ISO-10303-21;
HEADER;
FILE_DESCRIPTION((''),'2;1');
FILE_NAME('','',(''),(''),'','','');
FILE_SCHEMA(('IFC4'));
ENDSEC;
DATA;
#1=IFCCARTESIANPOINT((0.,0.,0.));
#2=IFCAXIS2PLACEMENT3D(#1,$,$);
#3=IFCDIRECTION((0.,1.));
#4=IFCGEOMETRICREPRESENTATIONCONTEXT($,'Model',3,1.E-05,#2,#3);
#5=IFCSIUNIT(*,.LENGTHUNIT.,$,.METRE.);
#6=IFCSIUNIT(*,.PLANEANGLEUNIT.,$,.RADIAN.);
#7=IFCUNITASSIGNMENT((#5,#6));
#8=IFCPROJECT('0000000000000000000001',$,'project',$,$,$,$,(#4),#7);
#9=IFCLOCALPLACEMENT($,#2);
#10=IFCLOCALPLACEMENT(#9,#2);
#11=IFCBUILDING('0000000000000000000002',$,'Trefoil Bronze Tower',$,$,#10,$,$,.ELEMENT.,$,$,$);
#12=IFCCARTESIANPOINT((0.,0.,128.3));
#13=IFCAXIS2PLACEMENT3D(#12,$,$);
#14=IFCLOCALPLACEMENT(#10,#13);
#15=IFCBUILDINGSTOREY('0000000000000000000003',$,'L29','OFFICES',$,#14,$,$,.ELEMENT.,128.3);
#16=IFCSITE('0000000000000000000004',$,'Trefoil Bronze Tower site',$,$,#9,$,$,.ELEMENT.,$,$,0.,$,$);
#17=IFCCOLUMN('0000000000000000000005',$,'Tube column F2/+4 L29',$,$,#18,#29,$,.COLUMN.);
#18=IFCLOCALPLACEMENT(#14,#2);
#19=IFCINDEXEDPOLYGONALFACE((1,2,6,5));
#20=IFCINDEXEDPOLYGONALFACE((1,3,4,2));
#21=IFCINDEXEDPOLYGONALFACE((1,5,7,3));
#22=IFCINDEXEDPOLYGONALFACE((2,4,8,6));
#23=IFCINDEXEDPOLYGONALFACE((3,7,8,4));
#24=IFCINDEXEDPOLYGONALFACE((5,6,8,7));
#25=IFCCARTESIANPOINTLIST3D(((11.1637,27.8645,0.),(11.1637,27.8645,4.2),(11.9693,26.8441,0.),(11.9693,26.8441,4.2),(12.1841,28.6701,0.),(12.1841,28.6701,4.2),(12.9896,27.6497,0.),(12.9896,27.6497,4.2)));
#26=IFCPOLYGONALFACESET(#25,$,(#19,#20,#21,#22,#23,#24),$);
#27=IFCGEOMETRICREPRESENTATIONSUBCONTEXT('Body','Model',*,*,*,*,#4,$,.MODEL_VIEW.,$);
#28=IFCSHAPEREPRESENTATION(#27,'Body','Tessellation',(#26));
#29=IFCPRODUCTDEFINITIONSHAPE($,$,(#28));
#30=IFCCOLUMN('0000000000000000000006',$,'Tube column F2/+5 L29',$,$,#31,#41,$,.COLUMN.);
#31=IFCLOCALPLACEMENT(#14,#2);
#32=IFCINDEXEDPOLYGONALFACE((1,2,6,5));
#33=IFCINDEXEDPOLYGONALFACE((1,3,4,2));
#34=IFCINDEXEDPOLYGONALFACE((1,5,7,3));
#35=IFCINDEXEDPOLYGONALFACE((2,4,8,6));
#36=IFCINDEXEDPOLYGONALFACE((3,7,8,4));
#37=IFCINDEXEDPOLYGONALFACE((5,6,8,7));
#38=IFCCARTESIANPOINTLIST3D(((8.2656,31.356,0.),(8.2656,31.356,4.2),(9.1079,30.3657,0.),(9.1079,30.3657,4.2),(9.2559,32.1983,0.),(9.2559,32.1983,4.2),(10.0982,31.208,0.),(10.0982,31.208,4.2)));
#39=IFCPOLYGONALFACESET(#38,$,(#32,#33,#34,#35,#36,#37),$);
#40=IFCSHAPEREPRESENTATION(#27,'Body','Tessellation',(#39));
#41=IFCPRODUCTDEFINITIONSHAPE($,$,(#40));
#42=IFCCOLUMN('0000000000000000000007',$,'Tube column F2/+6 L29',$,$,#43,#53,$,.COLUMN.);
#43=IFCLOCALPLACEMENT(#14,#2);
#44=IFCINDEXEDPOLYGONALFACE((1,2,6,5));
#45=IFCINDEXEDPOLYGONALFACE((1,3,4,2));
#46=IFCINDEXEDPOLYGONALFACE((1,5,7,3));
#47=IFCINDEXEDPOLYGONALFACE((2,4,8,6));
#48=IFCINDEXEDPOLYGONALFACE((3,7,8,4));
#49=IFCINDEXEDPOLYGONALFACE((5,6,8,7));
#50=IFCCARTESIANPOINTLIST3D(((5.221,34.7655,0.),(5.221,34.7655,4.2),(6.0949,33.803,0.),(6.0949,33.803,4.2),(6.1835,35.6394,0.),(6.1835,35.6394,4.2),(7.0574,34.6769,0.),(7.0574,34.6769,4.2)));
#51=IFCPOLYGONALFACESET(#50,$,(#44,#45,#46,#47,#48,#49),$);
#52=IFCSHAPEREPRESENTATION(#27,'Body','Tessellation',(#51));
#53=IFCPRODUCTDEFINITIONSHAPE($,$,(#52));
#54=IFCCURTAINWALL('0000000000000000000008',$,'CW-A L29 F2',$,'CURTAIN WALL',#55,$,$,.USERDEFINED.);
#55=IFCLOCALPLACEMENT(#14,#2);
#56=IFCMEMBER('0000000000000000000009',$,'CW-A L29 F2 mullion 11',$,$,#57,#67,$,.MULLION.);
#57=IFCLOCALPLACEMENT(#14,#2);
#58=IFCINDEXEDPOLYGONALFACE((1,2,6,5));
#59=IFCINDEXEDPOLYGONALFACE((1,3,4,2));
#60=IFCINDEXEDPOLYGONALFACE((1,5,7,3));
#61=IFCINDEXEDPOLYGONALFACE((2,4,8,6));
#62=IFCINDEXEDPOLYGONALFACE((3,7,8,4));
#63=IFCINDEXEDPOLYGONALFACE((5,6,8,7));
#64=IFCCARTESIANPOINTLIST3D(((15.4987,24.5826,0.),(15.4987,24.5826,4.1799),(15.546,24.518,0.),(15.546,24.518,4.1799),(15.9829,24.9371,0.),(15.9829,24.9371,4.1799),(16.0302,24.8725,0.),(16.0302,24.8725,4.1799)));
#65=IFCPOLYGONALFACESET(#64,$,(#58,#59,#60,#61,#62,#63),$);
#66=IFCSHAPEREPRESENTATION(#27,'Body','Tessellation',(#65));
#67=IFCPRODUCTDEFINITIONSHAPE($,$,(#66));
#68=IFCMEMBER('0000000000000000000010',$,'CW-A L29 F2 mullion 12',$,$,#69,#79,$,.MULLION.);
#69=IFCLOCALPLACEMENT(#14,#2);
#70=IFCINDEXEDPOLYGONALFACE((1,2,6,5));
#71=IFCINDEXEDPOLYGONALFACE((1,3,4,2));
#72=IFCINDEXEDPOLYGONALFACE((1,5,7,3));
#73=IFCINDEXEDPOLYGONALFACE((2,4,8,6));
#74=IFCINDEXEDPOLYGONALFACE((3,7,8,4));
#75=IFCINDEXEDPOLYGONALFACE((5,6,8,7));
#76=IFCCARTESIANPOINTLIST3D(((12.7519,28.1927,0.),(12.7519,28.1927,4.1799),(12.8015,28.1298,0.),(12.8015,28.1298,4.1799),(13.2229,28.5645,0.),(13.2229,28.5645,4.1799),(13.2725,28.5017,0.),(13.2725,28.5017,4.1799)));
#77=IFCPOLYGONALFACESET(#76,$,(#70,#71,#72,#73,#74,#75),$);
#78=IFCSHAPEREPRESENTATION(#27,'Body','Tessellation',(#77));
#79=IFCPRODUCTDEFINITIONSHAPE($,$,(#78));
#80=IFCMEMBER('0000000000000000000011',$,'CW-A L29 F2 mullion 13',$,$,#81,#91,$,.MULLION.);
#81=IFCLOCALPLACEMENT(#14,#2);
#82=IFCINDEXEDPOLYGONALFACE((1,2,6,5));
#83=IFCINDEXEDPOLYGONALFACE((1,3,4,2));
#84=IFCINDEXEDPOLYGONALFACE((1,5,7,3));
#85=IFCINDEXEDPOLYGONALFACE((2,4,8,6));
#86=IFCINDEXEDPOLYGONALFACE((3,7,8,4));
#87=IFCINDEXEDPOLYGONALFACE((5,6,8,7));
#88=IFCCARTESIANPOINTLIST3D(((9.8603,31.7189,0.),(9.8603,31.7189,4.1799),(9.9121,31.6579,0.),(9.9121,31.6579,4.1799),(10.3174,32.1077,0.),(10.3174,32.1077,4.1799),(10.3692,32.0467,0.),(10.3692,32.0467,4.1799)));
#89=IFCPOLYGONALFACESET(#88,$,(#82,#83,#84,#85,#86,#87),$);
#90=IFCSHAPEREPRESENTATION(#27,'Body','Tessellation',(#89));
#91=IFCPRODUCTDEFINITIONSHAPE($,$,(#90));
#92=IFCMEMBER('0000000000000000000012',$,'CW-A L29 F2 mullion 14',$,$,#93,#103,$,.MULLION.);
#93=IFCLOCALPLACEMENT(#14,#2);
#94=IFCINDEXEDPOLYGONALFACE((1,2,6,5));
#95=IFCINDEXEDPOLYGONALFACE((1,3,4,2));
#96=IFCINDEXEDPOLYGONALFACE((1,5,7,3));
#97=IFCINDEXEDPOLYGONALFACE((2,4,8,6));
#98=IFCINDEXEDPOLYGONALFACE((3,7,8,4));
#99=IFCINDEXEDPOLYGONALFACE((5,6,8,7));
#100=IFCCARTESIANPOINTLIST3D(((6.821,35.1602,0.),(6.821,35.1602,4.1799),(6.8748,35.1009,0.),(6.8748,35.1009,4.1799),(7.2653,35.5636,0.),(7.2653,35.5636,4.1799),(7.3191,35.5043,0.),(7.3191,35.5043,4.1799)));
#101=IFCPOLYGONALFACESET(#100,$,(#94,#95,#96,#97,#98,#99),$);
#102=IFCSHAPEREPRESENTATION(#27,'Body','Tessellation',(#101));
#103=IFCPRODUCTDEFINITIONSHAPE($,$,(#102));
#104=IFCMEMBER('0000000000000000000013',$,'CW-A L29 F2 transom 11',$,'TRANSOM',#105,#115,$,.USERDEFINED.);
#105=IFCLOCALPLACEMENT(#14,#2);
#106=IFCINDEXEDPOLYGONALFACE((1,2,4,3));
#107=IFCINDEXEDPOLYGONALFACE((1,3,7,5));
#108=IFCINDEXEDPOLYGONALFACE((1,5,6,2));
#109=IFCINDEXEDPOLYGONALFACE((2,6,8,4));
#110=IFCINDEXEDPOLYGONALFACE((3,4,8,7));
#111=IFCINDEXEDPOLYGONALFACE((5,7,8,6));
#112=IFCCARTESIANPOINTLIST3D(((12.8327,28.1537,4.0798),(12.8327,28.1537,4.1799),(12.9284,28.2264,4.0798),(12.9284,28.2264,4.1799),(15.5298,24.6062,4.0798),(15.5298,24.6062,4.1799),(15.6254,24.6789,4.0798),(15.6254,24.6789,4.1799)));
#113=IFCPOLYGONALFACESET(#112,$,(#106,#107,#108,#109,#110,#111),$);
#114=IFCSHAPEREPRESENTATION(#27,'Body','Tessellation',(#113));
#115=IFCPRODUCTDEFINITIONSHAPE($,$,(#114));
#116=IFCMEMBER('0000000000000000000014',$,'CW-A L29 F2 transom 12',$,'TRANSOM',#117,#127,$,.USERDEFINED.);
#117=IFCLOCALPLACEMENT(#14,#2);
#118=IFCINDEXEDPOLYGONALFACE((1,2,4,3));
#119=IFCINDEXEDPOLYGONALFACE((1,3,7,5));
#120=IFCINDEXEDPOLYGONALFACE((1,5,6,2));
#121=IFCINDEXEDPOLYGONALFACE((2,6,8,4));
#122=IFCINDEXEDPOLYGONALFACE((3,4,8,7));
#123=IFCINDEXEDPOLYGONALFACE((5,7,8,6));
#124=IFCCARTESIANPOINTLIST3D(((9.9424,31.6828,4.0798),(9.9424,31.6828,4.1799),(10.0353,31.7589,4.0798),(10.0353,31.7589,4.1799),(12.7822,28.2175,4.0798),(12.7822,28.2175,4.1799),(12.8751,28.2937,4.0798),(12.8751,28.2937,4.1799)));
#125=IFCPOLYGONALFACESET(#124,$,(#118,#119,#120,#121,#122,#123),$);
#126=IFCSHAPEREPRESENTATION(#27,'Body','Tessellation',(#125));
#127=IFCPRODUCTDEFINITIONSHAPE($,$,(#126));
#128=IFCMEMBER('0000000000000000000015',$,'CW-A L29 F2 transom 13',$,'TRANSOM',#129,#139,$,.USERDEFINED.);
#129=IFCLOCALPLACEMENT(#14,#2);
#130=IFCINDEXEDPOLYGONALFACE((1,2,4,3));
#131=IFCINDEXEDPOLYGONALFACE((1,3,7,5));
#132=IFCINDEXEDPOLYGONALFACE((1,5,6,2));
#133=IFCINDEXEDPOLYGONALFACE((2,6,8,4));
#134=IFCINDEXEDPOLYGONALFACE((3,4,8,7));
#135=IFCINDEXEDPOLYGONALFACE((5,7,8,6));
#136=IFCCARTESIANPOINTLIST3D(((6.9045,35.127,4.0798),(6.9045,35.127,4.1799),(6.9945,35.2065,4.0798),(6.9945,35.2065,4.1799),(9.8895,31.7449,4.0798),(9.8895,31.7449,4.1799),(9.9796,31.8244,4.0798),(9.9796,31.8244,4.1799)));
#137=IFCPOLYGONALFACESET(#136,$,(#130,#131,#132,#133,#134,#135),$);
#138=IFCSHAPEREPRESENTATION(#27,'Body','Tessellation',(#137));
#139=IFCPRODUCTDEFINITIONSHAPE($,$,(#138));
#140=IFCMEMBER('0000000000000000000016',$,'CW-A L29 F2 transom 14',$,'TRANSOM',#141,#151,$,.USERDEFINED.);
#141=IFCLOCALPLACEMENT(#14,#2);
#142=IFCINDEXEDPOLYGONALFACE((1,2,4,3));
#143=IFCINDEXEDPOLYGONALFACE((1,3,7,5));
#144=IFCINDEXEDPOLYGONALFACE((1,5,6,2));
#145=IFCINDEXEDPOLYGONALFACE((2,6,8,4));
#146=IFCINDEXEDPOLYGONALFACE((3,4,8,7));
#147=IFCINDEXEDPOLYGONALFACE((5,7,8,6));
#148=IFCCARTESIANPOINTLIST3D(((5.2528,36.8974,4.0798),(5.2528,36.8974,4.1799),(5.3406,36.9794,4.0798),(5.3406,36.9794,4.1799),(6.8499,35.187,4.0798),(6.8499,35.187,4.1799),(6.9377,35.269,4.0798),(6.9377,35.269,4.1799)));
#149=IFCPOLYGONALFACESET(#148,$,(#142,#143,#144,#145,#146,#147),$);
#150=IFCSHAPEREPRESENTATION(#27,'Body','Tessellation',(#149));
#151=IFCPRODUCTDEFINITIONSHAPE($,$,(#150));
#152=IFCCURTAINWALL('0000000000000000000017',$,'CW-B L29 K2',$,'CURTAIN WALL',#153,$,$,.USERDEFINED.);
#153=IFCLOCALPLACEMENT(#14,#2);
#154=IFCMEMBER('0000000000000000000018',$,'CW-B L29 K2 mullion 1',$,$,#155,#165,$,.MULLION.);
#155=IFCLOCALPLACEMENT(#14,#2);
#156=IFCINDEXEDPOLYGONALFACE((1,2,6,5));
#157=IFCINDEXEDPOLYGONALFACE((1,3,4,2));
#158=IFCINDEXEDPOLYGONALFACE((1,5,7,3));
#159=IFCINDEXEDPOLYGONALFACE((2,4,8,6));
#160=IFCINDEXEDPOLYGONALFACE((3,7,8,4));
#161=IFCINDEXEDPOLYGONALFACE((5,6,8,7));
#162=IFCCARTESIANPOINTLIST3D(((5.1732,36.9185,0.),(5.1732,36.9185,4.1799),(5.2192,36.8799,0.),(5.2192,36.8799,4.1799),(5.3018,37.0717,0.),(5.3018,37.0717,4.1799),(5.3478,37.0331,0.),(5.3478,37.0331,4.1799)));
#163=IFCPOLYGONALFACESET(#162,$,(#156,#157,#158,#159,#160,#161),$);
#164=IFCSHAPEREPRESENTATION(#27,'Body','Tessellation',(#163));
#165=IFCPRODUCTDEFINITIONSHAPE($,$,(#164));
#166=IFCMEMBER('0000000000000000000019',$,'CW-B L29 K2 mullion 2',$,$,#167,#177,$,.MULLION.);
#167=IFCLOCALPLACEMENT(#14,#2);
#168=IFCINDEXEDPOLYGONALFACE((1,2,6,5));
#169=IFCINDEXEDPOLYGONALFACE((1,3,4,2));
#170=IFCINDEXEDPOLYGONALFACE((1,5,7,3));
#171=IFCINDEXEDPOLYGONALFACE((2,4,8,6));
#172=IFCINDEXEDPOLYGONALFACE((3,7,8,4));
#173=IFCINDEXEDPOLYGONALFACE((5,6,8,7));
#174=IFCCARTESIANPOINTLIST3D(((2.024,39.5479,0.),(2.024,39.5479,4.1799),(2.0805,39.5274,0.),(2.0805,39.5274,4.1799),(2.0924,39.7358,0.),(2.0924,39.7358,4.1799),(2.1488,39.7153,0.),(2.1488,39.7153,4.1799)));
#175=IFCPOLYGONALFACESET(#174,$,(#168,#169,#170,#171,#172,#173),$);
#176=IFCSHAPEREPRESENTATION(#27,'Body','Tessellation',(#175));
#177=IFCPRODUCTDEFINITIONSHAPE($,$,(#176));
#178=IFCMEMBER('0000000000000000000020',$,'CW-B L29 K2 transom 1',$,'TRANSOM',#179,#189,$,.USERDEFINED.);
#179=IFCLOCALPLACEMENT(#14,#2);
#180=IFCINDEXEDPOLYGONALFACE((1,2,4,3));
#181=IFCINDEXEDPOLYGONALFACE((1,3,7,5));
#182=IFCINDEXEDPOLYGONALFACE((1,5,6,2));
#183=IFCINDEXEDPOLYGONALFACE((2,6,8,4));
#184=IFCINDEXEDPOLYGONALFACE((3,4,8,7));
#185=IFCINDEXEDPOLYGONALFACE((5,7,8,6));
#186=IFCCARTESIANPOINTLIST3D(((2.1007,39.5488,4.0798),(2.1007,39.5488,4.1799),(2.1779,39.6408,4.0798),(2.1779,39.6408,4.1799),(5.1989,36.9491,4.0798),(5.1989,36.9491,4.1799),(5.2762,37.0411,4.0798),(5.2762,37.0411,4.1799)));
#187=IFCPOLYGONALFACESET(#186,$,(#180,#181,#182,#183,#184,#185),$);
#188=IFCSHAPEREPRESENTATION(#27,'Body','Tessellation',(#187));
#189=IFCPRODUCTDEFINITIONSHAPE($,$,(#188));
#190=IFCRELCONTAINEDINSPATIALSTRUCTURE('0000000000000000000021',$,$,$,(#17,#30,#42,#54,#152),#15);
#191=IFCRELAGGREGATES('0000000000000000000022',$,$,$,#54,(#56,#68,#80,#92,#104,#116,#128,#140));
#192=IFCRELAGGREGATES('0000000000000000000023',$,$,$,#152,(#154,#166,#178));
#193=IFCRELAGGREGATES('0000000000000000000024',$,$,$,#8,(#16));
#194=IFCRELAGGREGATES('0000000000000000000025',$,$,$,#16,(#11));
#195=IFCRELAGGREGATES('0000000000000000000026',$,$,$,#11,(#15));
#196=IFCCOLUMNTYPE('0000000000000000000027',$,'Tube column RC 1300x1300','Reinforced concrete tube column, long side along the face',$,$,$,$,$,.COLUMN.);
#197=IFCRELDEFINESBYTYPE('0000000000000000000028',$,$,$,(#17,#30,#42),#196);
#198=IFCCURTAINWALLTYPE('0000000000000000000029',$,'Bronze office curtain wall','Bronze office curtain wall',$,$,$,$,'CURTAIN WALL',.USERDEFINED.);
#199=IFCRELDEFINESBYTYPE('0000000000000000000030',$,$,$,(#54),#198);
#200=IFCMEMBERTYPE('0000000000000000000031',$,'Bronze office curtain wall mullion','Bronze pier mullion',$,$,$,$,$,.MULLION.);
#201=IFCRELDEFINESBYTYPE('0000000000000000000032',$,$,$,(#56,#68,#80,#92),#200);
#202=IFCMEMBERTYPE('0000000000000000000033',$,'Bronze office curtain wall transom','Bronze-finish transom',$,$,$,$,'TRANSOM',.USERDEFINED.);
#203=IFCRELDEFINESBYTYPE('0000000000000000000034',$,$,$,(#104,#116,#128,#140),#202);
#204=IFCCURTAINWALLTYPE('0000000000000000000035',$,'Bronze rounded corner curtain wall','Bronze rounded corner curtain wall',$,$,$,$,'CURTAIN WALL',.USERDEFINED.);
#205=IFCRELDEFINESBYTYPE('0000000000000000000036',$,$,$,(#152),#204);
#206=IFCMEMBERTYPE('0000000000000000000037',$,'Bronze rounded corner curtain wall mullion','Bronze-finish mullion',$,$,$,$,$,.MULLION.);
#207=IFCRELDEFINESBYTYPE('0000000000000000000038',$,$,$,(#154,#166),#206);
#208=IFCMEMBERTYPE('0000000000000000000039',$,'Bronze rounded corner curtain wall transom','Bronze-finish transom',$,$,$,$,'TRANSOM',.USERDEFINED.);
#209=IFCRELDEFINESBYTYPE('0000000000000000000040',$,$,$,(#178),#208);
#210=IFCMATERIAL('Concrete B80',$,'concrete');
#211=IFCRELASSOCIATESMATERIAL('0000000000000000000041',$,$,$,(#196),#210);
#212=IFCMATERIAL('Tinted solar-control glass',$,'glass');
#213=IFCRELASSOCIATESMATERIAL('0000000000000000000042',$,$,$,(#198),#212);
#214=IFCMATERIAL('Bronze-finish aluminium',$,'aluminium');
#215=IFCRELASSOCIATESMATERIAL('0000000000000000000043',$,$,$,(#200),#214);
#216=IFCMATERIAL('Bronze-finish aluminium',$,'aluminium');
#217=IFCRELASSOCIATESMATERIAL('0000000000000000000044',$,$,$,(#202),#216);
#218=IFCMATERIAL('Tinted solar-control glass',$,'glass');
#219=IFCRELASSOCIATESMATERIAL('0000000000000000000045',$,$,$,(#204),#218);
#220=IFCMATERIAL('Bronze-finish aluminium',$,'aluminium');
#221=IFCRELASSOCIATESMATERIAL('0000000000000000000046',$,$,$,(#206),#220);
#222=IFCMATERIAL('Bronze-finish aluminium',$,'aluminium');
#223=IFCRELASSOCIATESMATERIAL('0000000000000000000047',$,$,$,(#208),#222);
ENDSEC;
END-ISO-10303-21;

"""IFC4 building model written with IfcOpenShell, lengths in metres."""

from ifc_helpers import new_model, si_unit, direction, frame, origin, origin_2d, place, context, subcontext, project, spatial, rectangle, extrude, material, material_profile, profile_set, type_object, element, aggregate, save


model = new_model("IFC4")

# Units and contexts
model_context = context("Model", 3, precision=1e-05, world=origin(), true_north=direction((0.0, 1.0)))
body_context = subcontext(model_context, "Body", "Model", "MODEL_VIEW")
ifc_project = project(units=[si_unit("LENGTHUNIT", "METRE"), si_unit("PLANEANGLEUNIT", "RADIAN")], contexts=[model_context])

# Site, building, storey
site_placement = place(None, origin())
site = spatial("IfcSite", under=ifc_project, at=site_placement, Name="Trefoil Bronze Tower site", CompositionType="ELEMENT", RefElevation=0.0)
building_placement = place(site_placement, origin())
building = spatial("IfcBuilding", under=site, at=building_placement, Name="Trefoil Bronze Tower", CompositionType="ELEMENT")
storey_placement = place(building_placement, frame((0.0, 0.0, 128.3)))
storey = spatial("IfcBuildingStorey", under=building, at=storey_placement, Name="L29", Description="OFFICES", CompositionType="ELEMENT", Elevation=128.3)

# Columns
ifc_material_1 = material(Name="Concrete B80", Category="concrete")
ifc_material_profile_1 = material_profile(ifc_material_1, rectangle(XDim=1.3, YDim=1.3, at=origin_2d()), Name="RC 1300x1300")
ifc_profile_set_1 = profile_set([ifc_material_profile_1], Name="Concrete B80")
column_type = type_object("IfcColumnType", Name="Tube column RC 1300x1300", Description="Reinforced concrete tube column, long side along the face", PredefinedType="COLUMN", material=ifc_profile_set_1)
for number, where, z_axis, x_axis, name in (
    (1, (12.0767, 27.7571, 0.0), (0.0, 0.0, 1.0), (-0.619649, 0.784879, 0.0), "Tube column F2/+4 L29"),
    (2, (9.1819, 31.282, 0.0), (0.0, 0.0, 1.0), (-0.647904, 0.761722, 0.0), "Tube column F2/+5 L29"),
    (3, (6.1392, 34.7212, 0.0), (0.0, 0.0, 1.0), (-0.67221, 0.740361, 0.0), "Tube column F2/+6 L29"),
):
    element("IfcColumn", number, at=place(storey_placement, frame(where, z_axis=z_axis, x_axis=x_axis)), inside=storey, type_object=column_type, Name=name, PredefinedType="COLUMN", context=body_context, shape_type="SweptSolid", body=[
        extrude(rectangle(XDim=1.3, YDim=1.3, at=origin_2d()), origin(), (0.0, 0.0, 1.0), 4.2),
    ])

# Curtain walls, members
ifc_material_2 = material(Name="Tinted solar-control glass", Category="glass")
curtain_wall_type_1 = type_object("IfcCurtainWallType", Name="Bronze office curtain wall", Description="Bronze office curtain wall", ElementType="CURTAIN WALL", PredefinedType="USERDEFINED", material=ifc_material_2)
curtain_wall_1_placement = place(storey_placement, origin())
curtain_wall_1 = element("IfcCurtainWall", 4, at=curtain_wall_1_placement, inside=storey, type_object=curtain_wall_type_1, Name="CW-A L29 F2", ObjectType="CURTAIN WALL", PredefinedType="USERDEFINED")
ifc_material_3 = material(Name="Bronze-finish aluminium", Category="aluminium")
ifc_material_profile_2 = material_profile(ifc_material_3, rectangle(XDim=0.6001, YDim=0.0801, at=origin_2d()), Name="CW-A mullion")
ifc_profile_set_2 = profile_set([ifc_material_profile_2], Name="Bronze-finish aluminium")
member_type_1 = type_object("IfcMemberType", Name="Bronze office curtain wall mullion", Description="Bronze pier mullion", PredefinedType="MULLION", material=ifc_profile_set_2)
member_1_placement = place(storey_placement, frame((15.7644, 24.7275, 0.0), z_axis=(0.0, 0.0, 1.0), x_axis=(-0.806875, -0.590723, 0.0)))
member_1 = element("IfcMember", 5, at=member_1_placement, type_object=member_type_1, Name="CW-A L29 F2 mullion 11", PredefinedType="MULLION", context=body_context, shape_type="SweptSolid", body=[
    extrude(rectangle(XDim=0.6001, YDim=0.0801, at=origin_2d()), origin(), (0.0, 0.0, 1.0), 4.1799),
])
member_2_placement = place(storey_placement, frame((13.0122, 28.3472, 0.0), z_axis=(0.0, 0.0, 1.0), x_axis=(-0.784879, -0.619649, 0.0)))
member_2 = element("IfcMember", 6, at=member_2_placement, type_object=member_type_1, Name="CW-A L29 F2 mullion 12", PredefinedType="MULLION", context=body_context, shape_type="SweptSolid", body=[
    extrude(rectangle(XDim=0.6001, YDim=0.0801, at=origin_2d()), origin(), (0.0, 0.0, 1.0), 4.1799),
])
member_3_placement = place(storey_placement, frame((10.1147, 31.8828, 0.0), z_axis=(0.0, 0.0, 1.0), x_axis=(-0.761722, -0.647904, 0.0)))
member_3 = element("IfcMember", 7, at=member_3_placement, type_object=member_type_1, Name="CW-A L29 F2 mullion 13", PredefinedType="MULLION", context=body_context, shape_type="SweptSolid", body=[
    extrude(rectangle(XDim=0.6001, YDim=0.0801, at=origin_2d()), origin(), (0.0, 0.0, 1.0), 4.1799),
])
member_4_placement = place(storey_placement, frame((7.0701, 35.3323, 0.0), z_axis=(0.0, 0.0, 1.0), x_axis=(-0.740361, -0.67221, 0.0)))
member_4 = element("IfcMember", 8, at=member_4_placement, type_object=member_type_1, Name="CW-A L29 F2 mullion 14", PredefinedType="MULLION", context=body_context, shape_type="SweptSolid", body=[
    extrude(rectangle(XDim=0.6001, YDim=0.0801, at=origin_2d()), origin(), (0.0, 0.0, 1.0), 4.1799),
])
ifc_material_4 = material(Name="Bronze-finish aluminium", Category="aluminium")
ifc_material_profile_3 = material_profile(ifc_material_4, rectangle(XDim=0.1201, YDim=0.1001, at=origin_2d()), Name="CW-A transom")
ifc_profile_set_3 = profile_set([ifc_material_profile_3], Name="Bronze-finish aluminium")
member_type_2 = type_object("IfcMemberType", Name="Bronze office curtain wall transom", Description="Bronze-finish transom", ElementType="TRANSOM", PredefinedType="USERDEFINED", material=ifc_profile_set_3)
member_5_placement = place(storey_placement, frame((15.5776, 24.6426, 4.1299), z_axis=(-0.605229, 0.796051, 0.0), x_axis=(-0.796051, -0.605229, 0.0)))
member_5 = element("IfcMember", 9, at=member_5_placement, type_object=member_type_2, Name="CW-A L29 F2 transom 11", ObjectType="TRANSOM", PredefinedType="USERDEFINED", context=body_context, shape_type="SweptSolid", body=[
    extrude(rectangle(XDim=0.1201, YDim=0.1001, at=origin_2d()), origin(), (0.0, 0.0, 1.0), 4.4563),
])
member_6_placement = place(storey_placement, frame((12.8286, 28.2556, 4.1299), z_axis=(-0.633849, 0.773457, 0.0), x_axis=(-0.773457, -0.633849, 0.0)))
member_6 = element("IfcMember", 10, at=member_6_placement, type_object=member_type_2, Name="CW-A L29 F2 transom 12", ObjectType="TRANSOM", PredefinedType="USERDEFINED", context=body_context, shape_type="SweptSolid", body=[
    extrude(rectangle(XDim=0.1201, YDim=0.1001, at=origin_2d()), origin(), (0.0, 0.0, 1.0), 4.4802),
])
member_7_placement = place(storey_placement, frame((9.9346, 31.7847, 4.1299), z_axis=(-0.661736, 0.749737, 0.0), x_axis=(-0.749737, -0.661736, 0.0)))
member_7 = element("IfcMember", 11, at=member_7_placement, type_object=member_type_2, Name="CW-A L29 F2 transom 13", ObjectType="TRANSOM", PredefinedType="USERDEFINED", context=body_context, shape_type="SweptSolid", body=[
    extrude(rectangle(XDim=0.1201, YDim=0.1001, at=origin_2d()), origin(), (0.0, 0.0, 1.0), 4.511),
])
member_8_placement = place(storey_placement, frame((6.8938, 35.228, 4.1299), z_axis=(-0.682489, 0.730896, 0.0), x_axis=(-0.730896, -0.682489, 0.0)))
member_8 = element("IfcMember", 12, at=member_8_placement, type_object=member_type_2, Name="CW-A L29 F2 transom 14", ObjectType="TRANSOM", PredefinedType="USERDEFINED", context=body_context, shape_type="SweptSolid", body=[
    extrude(rectangle(XDim=0.1201, YDim=0.1001, at=origin_2d()), origin(), (0.0, 0.0, 1.0), 2.3401),
])
ifc_material_5 = material(Name="Tinted solar-control glass", Category="glass")
curtain_wall_type_2 = type_object("IfcCurtainWallType", Name="Bronze rounded corner curtain wall", Description="Bronze rounded corner curtain wall", ElementType="CURTAIN WALL", PredefinedType="USERDEFINED", material=ifc_material_5)
curtain_wall_2_placement = place(storey_placement, origin())
curtain_wall_2 = element("IfcCurtainWall", 13, at=curtain_wall_2_placement, inside=storey, type_object=curtain_wall_type_2, Name="CW-B L29 K2", ObjectType="CURTAIN WALL", PredefinedType="USERDEFINED")
ifc_material_6 = material(Name="Bronze-finish aluminium", Category="aluminium")
ifc_material_profile_4 = material_profile(ifc_material_6, rectangle(XDim=0.2, YDim=0.0601, at=origin_2d()), Name="CW-B mullion")
ifc_profile_set_4 = profile_set([ifc_material_profile_4], Name="Bronze-finish aluminium")
member_type_3 = type_object("IfcMemberType", Name="Bronze rounded corner curtain wall mullion", Description="Bronze-finish mullion", PredefinedType="MULLION", material=ifc_profile_set_4)
member_9_placement = place(storey_placement, frame((5.2605, 36.9758, 0.0), z_axis=(0.0, 0.0, 1.0), x_axis=(-0.642788, -0.766044, 0.0)))
member_9 = element("IfcMember", 14, at=member_9_placement, type_object=member_type_3, Name="CW-B L29 K2 mullion 1", PredefinedType="MULLION", context=body_context, shape_type="SweptSolid", body=[
    extrude(rectangle(XDim=0.2, YDim=0.0601, at=origin_2d()), origin(), (0.0, 0.0, 1.0), 4.1799),
])
member_10_placement = place(storey_placement, frame((2.0864, 39.6316, 0.0), z_axis=(0.0, 0.0, 1.0), x_axis=(-0.34202, -0.939693, 0.0)))
member_10 = element("IfcMember", 15, at=member_10_placement, type_object=member_type_3, Name="CW-B L29 K2 mullion 2", PredefinedType="MULLION", context=body_context, shape_type="SweptSolid", body=[
    extrude(rectangle(XDim=0.2, YDim=0.0601, at=origin_2d()), origin(), (0.0, 0.0, 1.0), 4.1799),
])
ifc_material_7 = material(Name="Bronze-finish aluminium", Category="aluminium")
ifc_material_profile_5 = material_profile(ifc_material_7, rectangle(XDim=0.1201, YDim=0.1001, at=origin_2d()), Name="CW-B transom")
ifc_profile_set_5 = profile_set([ifc_material_profile_5], Name="Bronze-finish aluminium")
member_type_4 = type_object("IfcMemberType", Name="Bronze rounded corner curtain wall transom", Description="Bronze-finish transom", ElementType="TRANSOM", PredefinedType="USERDEFINED", material=ifc_profile_set_5)
member_11_placement = place(storey_placement, frame((5.2375, 36.9951, 4.1299), z_axis=(-0.76605, 0.642781, 0.0), x_axis=(-0.642781, -0.76605, 0.0)))
member_11 = element("IfcMember", 16, at=member_11_placement, type_object=member_type_4, Name="CW-B L29 K2 transom 1", ObjectType="TRANSOM", PredefinedType="USERDEFINED", context=body_context, shape_type="SweptSolid", body=[
    extrude(rectangle(XDim=0.1201, YDim=0.1001, at=origin_2d()), origin(), (0.0, 0.0, 1.0), 4.0444),
])

aggregate(curtain_wall_1, [member_1, member_2, member_3, member_4, member_5, member_6, member_7, member_8])
aggregate(curtain_wall_2, [member_9, member_10, member_11])

save(model, "model.ifc")
